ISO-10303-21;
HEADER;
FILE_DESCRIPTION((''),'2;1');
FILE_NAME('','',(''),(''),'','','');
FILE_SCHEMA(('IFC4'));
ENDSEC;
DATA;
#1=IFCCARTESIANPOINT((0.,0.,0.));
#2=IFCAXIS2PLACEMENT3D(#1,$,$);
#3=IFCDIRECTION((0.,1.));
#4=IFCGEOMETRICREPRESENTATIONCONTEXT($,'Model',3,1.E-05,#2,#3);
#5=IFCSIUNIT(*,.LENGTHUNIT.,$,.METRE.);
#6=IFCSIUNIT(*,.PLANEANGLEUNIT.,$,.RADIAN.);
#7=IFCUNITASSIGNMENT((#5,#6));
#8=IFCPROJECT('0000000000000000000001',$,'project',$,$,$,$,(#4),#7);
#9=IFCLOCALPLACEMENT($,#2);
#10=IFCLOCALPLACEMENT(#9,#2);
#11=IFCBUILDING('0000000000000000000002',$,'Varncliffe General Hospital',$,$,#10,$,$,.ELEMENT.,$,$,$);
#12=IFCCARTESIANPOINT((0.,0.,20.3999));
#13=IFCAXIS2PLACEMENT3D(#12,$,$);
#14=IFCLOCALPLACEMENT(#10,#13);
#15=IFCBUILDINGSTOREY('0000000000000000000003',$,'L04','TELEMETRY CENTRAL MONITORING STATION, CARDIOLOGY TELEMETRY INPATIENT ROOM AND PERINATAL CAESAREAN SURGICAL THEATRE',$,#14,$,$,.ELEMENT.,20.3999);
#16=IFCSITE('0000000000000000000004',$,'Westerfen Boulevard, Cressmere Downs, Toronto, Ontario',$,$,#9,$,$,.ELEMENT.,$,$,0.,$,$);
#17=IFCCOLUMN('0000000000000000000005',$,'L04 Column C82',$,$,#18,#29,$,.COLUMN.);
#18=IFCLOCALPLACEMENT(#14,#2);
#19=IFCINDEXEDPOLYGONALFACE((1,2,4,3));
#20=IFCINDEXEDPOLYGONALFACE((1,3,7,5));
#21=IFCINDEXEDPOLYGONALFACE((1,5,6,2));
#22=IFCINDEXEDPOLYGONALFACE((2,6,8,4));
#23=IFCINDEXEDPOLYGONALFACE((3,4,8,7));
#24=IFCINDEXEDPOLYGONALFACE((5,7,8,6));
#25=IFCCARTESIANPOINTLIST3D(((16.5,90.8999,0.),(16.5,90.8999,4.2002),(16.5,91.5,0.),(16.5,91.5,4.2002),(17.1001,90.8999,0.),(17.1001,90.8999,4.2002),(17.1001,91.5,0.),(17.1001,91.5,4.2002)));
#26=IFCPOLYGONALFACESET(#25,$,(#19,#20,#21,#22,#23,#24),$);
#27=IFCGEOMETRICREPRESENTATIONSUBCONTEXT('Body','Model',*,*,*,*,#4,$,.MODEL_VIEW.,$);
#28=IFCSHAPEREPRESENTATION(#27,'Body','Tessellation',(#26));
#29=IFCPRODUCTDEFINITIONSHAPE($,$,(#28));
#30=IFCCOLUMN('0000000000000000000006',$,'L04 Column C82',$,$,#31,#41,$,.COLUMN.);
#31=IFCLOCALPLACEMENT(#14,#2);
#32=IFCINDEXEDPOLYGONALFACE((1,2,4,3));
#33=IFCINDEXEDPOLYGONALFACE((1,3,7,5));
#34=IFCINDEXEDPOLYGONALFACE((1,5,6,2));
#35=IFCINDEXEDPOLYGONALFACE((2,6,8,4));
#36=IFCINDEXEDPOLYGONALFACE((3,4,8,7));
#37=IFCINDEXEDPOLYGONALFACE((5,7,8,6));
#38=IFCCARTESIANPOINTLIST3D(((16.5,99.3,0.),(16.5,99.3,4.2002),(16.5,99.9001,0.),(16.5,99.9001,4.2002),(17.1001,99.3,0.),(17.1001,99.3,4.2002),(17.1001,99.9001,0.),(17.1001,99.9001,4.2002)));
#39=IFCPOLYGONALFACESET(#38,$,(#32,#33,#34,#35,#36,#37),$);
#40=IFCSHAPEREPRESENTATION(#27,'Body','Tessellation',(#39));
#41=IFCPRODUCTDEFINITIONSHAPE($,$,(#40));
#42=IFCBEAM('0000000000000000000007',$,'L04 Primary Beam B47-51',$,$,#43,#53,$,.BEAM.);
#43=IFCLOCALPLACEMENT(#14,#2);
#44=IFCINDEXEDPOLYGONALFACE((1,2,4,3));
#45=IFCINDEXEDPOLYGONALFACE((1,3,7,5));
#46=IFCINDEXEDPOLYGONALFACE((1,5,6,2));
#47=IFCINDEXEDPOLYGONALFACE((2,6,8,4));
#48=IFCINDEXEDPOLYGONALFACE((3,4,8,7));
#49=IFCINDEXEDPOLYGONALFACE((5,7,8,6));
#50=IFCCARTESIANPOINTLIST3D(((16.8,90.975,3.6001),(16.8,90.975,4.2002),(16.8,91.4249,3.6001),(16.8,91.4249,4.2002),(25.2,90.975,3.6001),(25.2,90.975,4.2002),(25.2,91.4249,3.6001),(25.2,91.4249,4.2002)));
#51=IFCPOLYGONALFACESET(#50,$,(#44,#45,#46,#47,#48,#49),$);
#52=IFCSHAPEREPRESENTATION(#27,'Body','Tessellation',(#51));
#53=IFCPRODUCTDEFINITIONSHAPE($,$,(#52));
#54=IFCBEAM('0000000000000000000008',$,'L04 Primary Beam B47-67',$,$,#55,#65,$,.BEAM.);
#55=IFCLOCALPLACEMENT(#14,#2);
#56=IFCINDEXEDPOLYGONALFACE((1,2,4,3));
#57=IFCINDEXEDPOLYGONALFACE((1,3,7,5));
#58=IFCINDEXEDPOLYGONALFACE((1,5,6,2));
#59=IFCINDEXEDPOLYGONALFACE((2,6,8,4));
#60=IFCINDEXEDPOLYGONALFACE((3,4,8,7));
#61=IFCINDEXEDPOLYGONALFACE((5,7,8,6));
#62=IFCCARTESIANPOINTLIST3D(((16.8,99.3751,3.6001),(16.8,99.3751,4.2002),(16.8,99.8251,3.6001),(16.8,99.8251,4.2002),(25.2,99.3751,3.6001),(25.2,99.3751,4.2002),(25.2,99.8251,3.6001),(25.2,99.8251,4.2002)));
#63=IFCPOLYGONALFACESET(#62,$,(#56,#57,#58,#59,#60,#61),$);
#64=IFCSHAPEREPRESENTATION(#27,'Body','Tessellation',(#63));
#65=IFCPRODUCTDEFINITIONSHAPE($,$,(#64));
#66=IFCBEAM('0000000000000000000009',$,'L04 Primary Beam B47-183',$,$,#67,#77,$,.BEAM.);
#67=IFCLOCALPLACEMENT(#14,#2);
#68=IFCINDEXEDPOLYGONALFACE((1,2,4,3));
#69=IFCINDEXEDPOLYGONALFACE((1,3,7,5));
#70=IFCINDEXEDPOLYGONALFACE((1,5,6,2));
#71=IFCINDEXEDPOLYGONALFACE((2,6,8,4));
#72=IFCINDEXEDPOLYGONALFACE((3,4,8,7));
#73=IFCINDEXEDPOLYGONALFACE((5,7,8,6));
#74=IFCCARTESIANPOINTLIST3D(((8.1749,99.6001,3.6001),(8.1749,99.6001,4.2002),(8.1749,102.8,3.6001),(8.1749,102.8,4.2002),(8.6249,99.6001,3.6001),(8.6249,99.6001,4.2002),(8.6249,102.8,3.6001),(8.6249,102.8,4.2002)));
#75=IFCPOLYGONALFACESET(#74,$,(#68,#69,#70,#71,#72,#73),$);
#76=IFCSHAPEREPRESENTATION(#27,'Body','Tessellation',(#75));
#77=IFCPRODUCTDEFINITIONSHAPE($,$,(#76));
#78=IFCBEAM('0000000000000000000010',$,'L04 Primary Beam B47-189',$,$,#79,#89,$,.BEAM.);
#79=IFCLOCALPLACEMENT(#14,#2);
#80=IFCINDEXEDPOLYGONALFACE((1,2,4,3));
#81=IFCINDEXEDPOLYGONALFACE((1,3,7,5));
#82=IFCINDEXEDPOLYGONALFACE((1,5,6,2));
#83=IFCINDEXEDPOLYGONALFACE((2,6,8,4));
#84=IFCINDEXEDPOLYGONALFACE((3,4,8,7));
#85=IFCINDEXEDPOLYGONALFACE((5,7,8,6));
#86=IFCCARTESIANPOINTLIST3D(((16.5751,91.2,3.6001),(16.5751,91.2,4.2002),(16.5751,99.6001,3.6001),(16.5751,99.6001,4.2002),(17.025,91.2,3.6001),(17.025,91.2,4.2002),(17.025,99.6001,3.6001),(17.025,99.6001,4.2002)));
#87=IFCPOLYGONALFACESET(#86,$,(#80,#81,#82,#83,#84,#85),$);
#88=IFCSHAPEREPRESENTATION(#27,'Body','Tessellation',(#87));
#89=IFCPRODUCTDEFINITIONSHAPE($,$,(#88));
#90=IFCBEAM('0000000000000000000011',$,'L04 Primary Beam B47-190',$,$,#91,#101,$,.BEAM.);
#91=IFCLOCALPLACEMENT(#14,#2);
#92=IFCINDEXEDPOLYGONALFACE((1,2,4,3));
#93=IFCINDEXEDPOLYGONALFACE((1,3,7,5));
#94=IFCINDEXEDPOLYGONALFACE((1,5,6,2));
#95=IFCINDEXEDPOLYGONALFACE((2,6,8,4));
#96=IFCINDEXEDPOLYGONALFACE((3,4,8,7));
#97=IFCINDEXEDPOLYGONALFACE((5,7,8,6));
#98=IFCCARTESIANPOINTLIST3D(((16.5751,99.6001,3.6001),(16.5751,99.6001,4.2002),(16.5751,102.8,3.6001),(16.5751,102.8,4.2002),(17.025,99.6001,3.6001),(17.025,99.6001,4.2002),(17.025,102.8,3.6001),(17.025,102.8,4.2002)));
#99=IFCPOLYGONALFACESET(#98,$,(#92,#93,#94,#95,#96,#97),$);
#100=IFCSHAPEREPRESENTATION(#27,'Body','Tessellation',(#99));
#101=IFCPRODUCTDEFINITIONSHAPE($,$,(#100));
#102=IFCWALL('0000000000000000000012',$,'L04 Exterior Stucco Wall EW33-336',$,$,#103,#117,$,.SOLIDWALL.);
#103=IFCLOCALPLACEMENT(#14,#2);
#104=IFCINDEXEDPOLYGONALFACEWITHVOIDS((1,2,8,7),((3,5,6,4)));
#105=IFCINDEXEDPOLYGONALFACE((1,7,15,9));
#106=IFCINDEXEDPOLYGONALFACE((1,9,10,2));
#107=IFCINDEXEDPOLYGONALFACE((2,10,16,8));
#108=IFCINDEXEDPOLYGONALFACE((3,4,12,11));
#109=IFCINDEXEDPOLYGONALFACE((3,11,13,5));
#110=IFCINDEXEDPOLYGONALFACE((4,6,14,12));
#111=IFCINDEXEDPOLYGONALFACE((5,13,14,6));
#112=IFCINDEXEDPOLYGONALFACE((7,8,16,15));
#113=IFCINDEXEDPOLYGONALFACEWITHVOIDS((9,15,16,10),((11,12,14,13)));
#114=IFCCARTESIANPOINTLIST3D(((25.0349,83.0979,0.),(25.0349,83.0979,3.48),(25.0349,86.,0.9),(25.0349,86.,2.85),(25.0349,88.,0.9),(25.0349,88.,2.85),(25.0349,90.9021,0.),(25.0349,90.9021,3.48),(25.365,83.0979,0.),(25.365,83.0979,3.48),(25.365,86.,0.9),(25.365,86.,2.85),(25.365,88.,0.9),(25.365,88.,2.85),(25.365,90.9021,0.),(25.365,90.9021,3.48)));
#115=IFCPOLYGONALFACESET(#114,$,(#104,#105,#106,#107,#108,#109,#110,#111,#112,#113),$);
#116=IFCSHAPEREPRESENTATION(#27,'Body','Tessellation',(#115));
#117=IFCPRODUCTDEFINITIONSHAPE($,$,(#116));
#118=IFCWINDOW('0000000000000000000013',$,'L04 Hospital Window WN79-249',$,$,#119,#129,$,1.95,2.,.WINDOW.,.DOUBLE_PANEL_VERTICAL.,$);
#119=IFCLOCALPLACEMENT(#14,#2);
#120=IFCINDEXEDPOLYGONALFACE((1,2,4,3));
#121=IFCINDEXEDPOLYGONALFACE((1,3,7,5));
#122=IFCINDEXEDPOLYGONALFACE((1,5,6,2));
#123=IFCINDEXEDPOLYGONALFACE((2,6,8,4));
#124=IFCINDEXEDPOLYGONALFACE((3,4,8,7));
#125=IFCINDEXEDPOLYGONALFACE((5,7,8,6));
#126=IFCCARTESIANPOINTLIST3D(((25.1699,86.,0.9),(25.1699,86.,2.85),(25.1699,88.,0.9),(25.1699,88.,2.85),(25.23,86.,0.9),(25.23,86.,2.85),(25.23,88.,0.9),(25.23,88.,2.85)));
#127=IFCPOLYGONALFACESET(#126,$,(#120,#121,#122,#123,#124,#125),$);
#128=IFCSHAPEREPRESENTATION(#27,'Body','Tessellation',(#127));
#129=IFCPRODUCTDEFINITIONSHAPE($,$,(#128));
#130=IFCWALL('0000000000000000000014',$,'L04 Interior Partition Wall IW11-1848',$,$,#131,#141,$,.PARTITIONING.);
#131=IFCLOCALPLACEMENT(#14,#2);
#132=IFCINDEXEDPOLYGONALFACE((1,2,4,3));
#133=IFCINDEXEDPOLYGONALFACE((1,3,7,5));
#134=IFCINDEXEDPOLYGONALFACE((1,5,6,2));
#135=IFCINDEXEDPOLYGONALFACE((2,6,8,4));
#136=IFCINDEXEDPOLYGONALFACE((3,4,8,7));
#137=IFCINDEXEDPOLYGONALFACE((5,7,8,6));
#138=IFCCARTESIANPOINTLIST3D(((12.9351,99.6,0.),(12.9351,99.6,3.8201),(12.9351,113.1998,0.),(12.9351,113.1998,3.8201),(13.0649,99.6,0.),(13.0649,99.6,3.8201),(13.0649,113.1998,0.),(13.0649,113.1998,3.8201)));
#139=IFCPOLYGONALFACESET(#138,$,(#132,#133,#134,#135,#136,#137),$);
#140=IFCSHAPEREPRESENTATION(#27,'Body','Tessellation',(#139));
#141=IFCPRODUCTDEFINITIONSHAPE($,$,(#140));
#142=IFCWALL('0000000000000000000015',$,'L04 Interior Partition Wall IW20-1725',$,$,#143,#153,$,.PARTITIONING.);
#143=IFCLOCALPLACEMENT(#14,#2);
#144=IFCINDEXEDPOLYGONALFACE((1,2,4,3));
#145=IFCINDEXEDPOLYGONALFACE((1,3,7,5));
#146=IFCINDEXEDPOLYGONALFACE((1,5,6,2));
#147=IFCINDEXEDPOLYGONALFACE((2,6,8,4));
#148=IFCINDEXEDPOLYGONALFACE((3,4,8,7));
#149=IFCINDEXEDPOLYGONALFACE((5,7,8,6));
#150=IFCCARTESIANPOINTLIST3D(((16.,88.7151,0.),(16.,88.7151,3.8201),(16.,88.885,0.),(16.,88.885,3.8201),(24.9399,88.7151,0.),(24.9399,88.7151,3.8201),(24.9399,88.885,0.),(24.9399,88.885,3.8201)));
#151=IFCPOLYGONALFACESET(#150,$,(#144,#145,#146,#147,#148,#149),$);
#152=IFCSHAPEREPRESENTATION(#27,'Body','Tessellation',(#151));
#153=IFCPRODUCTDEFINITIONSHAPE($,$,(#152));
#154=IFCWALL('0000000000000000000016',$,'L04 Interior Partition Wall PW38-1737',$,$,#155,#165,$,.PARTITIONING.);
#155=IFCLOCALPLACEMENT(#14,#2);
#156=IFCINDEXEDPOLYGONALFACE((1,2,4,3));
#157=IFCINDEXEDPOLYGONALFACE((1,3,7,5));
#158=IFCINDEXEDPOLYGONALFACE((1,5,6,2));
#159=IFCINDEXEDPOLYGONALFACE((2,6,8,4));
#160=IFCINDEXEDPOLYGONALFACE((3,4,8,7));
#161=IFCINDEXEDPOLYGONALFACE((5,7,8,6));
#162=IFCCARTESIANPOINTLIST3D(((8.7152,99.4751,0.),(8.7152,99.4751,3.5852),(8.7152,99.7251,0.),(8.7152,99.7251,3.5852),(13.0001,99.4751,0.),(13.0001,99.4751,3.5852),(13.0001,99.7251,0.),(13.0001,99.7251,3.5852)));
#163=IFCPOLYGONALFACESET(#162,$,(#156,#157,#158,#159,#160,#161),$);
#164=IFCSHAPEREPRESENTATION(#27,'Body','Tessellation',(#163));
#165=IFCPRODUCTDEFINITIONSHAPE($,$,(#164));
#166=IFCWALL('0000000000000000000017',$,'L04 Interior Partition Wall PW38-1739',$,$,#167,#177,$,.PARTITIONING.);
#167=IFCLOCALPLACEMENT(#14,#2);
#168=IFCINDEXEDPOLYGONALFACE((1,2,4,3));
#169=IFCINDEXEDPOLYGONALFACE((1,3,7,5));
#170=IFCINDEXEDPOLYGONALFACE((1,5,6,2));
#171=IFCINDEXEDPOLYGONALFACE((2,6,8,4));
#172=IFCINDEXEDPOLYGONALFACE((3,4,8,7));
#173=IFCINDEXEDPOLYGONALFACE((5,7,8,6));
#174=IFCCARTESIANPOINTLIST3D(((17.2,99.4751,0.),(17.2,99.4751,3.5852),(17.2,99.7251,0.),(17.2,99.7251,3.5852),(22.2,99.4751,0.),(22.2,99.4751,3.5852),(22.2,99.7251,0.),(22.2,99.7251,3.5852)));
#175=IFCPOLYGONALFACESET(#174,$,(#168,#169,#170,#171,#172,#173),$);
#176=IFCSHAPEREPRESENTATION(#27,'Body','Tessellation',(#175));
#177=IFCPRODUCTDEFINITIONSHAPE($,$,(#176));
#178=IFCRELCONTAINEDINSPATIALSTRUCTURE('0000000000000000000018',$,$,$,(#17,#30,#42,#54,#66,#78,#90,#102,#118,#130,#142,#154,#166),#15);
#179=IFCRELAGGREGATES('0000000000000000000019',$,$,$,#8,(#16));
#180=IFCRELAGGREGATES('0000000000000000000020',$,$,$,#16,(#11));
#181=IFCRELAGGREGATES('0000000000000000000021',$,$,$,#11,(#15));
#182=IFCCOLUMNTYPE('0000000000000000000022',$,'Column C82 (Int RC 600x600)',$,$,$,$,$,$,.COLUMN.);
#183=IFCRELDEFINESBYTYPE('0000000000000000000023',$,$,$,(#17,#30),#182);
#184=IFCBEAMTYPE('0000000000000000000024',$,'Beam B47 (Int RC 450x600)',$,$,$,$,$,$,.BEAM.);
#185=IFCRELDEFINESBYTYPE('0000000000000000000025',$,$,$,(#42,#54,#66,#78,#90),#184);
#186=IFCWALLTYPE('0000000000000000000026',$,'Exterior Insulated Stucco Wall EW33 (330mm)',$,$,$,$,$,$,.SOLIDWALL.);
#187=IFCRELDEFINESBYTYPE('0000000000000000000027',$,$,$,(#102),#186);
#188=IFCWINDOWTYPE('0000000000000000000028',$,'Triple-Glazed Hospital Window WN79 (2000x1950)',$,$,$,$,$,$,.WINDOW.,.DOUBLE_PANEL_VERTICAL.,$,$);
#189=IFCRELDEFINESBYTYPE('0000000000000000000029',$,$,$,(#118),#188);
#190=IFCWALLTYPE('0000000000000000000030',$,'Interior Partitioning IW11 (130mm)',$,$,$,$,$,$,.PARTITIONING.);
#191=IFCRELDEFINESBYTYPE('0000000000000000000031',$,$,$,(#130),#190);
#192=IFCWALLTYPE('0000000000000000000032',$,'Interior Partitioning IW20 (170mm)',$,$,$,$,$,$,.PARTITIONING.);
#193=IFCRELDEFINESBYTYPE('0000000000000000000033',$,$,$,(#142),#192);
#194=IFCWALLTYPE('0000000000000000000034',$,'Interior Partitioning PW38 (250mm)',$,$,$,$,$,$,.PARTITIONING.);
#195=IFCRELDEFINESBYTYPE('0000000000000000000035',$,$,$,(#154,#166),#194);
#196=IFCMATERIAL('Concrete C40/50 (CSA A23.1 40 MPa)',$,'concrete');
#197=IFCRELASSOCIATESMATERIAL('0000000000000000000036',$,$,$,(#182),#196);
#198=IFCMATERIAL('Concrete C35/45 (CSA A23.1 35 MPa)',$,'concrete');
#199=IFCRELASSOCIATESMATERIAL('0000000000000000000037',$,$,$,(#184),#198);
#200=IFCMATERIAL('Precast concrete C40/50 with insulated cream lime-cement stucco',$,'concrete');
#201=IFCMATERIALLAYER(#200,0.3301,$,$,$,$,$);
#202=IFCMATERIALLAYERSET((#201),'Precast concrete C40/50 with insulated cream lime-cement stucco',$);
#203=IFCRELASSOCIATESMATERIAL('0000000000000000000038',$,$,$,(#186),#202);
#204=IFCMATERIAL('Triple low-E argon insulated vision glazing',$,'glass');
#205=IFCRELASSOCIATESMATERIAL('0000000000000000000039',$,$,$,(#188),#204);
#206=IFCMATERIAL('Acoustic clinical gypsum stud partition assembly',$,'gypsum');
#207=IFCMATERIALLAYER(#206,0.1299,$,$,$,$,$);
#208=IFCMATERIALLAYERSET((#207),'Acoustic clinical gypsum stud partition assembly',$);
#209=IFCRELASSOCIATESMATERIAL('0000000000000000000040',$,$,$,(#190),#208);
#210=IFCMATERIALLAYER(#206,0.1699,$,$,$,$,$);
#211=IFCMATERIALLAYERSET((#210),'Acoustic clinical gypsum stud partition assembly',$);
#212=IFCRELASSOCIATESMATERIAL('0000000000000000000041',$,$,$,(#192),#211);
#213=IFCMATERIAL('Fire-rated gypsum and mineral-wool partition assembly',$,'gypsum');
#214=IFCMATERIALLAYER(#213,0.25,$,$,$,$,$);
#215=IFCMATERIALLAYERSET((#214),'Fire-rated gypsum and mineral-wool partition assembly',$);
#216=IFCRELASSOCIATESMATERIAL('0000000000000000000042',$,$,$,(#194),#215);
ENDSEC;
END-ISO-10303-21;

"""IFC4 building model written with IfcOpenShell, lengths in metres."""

from ifc_helpers import new_model, si_unit, direction, frame, frame_2d, origin, origin_2d, place, context, subcontext, project, spatial, rectangle, extrude, material, layer, layer_set, material_profile, profile_set, type_object, element, fill, save


model = new_model("IFC4")

# Units and contexts
model_context = context("Model", 3, precision=1e-05, world=origin(), true_north=direction((0.0, 1.0)))
body_context = subcontext(model_context, "Body", "Model", "MODEL_VIEW")
ifc_project = project(units=[si_unit("LENGTHUNIT", "METRE"), si_unit("PLANEANGLEUNIT", "RADIAN")], contexts=[model_context])

# Site, building, storey
site_placement = place(None, origin())
site = spatial("IfcSite", under=ifc_project, at=site_placement, Name="Westerfen Boulevard, Cressmere Downs, Toronto, Ontario", CompositionType="ELEMENT", RefElevation=0.0)
building_placement = place(site_placement, origin())
building = spatial("IfcBuilding", under=site, at=building_placement, Name="Varncliffe General Hospital", CompositionType="ELEMENT")
storey_placement = place(building_placement, frame((0.0, 0.0, 20.3999)))
storey = spatial("IfcBuildingStorey", under=building, at=storey_placement, Name="L04", Description="TELEMETRY CENTRAL MONITORING STATION, CARDIOLOGY TELEMETRY INPATIENT ROOM AND PERINATAL CAESAREAN SURGICAL THEATRE", CompositionType="ELEMENT", Elevation=20.3999)

# Columns
ifc_material_1 = material(Name="Concrete C40/50 (CSA A23.1 40 MPa)", Category="concrete")
ifc_material_profile_1 = material_profile(ifc_material_1, rectangle(XDim=0.6001, YDim=0.6001, at=origin_2d()), Name="RC 600x600")
ifc_profile_set_1 = profile_set([ifc_material_profile_1], Name="Concrete C40/50 (CSA A23.1 40 MPa)")
column_type = type_object("IfcColumnType", Name="Column C82 (Int RC 600x600)", PredefinedType="COLUMN", material=ifc_profile_set_1)
for number, where, z_axis, x_axis, name in (
    (1, (16.8, 91.2, 0.0), (0.0, 0.0, 1.0), (1.0, 0.0, 0.0), "L04 Column C82"),
    (2, (16.8, 99.6001, 0.0), (0.0, 0.0, 1.0), (1.0, 0.0, 0.0), "L04 Column C82"),
):
    element("IfcColumn", number, at=place(storey_placement, frame(where, z_axis=z_axis, x_axis=x_axis)), inside=storey, type_object=column_type, Name=name, PredefinedType="COLUMN", context=body_context, shape_type="SweptSolid", body=[
        extrude(rectangle(XDim=0.6001, YDim=0.6001, at=origin_2d()), origin(), (0.0, 0.0, 1.0), 4.2002),
    ])

# Beams
ifc_material_2 = material(Name="Concrete C35/45 (CSA A23.1 35 MPa)", Category="concrete")
ifc_material_profile_2 = material_profile(ifc_material_2, rectangle(XDim=0.45, YDim=0.6001, at=origin_2d()), Name="RC 450x600")
ifc_profile_set_2 = profile_set([ifc_material_profile_2], Name="Concrete C35/45 (CSA A23.1 35 MPa)")
beam_type = type_object("IfcBeamType", Name="Beam B47 (Int RC 450x600)", PredefinedType="BEAM", material=ifc_profile_set_2)
for number, where, z_axis, x_axis, name in (
    (3, (16.8, 91.2, 3.9001), (1.0, 0.0, 0.0), (0.0, 1.0, 0.0), "L04 Primary Beam B47-51"),
    (4, (16.8, 99.6001, 3.9001), (1.0, 0.0, 0.0), (0.0, 1.0, 0.0), "L04 Primary Beam B47-67"),
):
    element("IfcBeam", number, at=place(storey_placement, frame(where, z_axis=z_axis, x_axis=x_axis)), inside=storey, type_object=beam_type, Name=name, PredefinedType="BEAM", context=body_context, shape_type="SweptSolid", body=[
        extrude(rectangle(XDim=0.45, YDim=0.6001, at=origin_2d()), origin(), (0.0, 0.0, 1.0), 8.3999),
    ])
beam_1_placement = place(storey_placement, frame((8.3999, 99.6001, 3.9001), z_axis=(0.0, 1.0, 0.0), x_axis=(-1.0, 0.0, 0.0)))
element("IfcBeam", 5, at=beam_1_placement, inside=storey, type_object=beam_type, Name="L04 Primary Beam B47-183", PredefinedType="BEAM", context=body_context, shape_type="SweptSolid", body=[
    extrude(rectangle(XDim=0.45, YDim=0.6001, at=origin_2d()), origin(), (0.0, 0.0, 1.0), 3.2),
])
beam_2_placement = place(storey_placement, frame((16.8, 91.2, 3.9001), z_axis=(0.0, 1.0, 0.0), x_axis=(-1.0, 0.0, 0.0)))
element("IfcBeam", 6, at=beam_2_placement, inside=storey, type_object=beam_type, Name="L04 Primary Beam B47-189", PredefinedType="BEAM", context=body_context, shape_type="SweptSolid", body=[
    extrude(rectangle(XDim=0.45, YDim=0.6001, at=origin_2d()), origin(), (0.0, 0.0, 1.0), 8.4001),
])
beam_3_placement = place(storey_placement, frame((16.8, 99.6001, 3.9001), z_axis=(0.0, 1.0, 0.0), x_axis=(-1.0, 0.0, 0.0)))
element("IfcBeam", 7, at=beam_3_placement, inside=storey, type_object=beam_type, Name="L04 Primary Beam B47-190", PredefinedType="BEAM", context=body_context, shape_type="SweptSolid", body=[
    extrude(rectangle(XDim=0.45, YDim=0.6001, at=origin_2d()), origin(), (0.0, 0.0, 1.0), 3.2),
])

# Wall, opening, window
ifc_material_3 = material(Name="Precast concrete C40/50 with insulated cream lime-cement stucco", Category="concrete")
ifc_layer_1 = layer(ifc_material_3, 0.3301)
ifc_layer_set_1 = layer_set([ifc_layer_1], Name="Precast concrete C40/50 with insulated cream lime-cement stucco")
wall_type_1 = type_object("IfcWallType", Name="Exterior Insulated Stucco Wall EW33 (330mm)", PredefinedType="SOLIDWALL", material=ifc_layer_set_1)
wall_1_placement = place(storey_placement, frame((25.2, 90.9021, 0.0), z_axis=(0.0, 0.0, 1.0), x_axis=(0.0, -1.0, 0.0)))
wall_1 = element("IfcWall", 8, at=wall_1_placement, inside=storey, type_object=wall_type_1, Name="L04 Exterior Stucco Wall EW33-336", PredefinedType="SOLIDWALL", context=body_context, shape_type="SweptSolid", body=[
    extrude(rectangle(XDim=7.8042, YDim=0.3301, at=frame_2d((3.9021, 0.0))), origin(), (0.0, 0.0, 1.0), 3.48),
])
opening_1_placement = place(wall_1_placement, frame((2.9021, 0.0, 0.8999)))
opening_1 = element("IfcOpeningElement", 9, at=opening_1_placement, cuts=wall_1, PredefinedType="OPENING", context=body_context, shape_type="SweptSolid", body=[
    extrude(rectangle(XDim=2.0, YDim=1.95, at=frame_2d((1.0, 0.9751))), frame((0.0, 0.175, 0.0), z_axis=(0.0, -1.0, 0.0), x_axis=(1.0, 0.0, 0.0)), (0.0, 0.0, 1.0), 0.3501),
])
ifc_material_4 = material(Name="Triple low-E argon insulated vision glazing", Category="glass")
window_type = type_object("IfcWindowType", Name="Triple-Glazed Hospital Window WN79 (2000x1950)", PartitioningType="DOUBLE_PANEL_VERTICAL", PredefinedType="WINDOW", material=ifc_material_4)
window_placement = place(opening_1_placement, origin())
window = element("IfcWindow", 10, at=window_placement, inside=storey, type_object=window_type, Name="L04 Hospital Window WN79-249", OverallHeight=1.95, OverallWidth=2.0, PartitioningType="DOUBLE_PANEL_VERTICAL", PredefinedType="WINDOW", context=body_context, shape_type="SweptSolid", body=[
    extrude(rectangle(XDim=2.0, YDim=1.95, at=frame_2d((1.0, 0.9751))), frame((0.0, 0.03, 0.0), z_axis=(0.0, -1.0, 0.0), x_axis=(1.0, 0.0, 0.0)), (0.0, 0.0, 1.0), 0.0601),
])
fill(opening_1, window)

# Walls
ifc_material_5 = material(Name="Acoustic clinical gypsum stud partition assembly", Category="gypsum")
ifc_layer_2 = layer(ifc_material_5, 0.1299)
ifc_layer_set_2 = layer_set([ifc_layer_2], Name="Acoustic clinical gypsum stud partition assembly")
wall_type_2 = type_object("IfcWallType", Name="Interior Partitioning IW11 (130mm)", PredefinedType="PARTITIONING", material=ifc_layer_set_2)
wall_2_placement = place(storey_placement, frame((13.0, 99.6001, 0.0), z_axis=(0.0, 0.0, 1.0), x_axis=(0.0, 1.0, 0.0)))
element("IfcWall", 11, at=wall_2_placement, inside=storey, type_object=wall_type_2, Name="L04 Interior Partition Wall IW11-1848", PredefinedType="PARTITIONING", context=body_context, shape_type="SweptSolid", body=[
    extrude(rectangle(XDim=13.5999, YDim=0.1299, at=frame_2d((6.7998, 0.0))), origin(), (0.0, 0.0, 1.0), 3.8201),
])
ifc_layer_3 = layer(ifc_material_5, 0.1699)
ifc_layer_set_3 = layer_set([ifc_layer_3], Name="Acoustic clinical gypsum stud partition assembly")
wall_type_3 = type_object("IfcWallType", Name="Interior Partitioning IW20 (170mm)", PredefinedType="PARTITIONING", material=ifc_layer_set_3)
wall_3_placement = place(storey_placement, frame((16.0, 88.8, 0.0), z_axis=(0.0, 0.0, 1.0), x_axis=(1.0, 0.0, 0.0)))
element("IfcWall", 12, at=wall_3_placement, inside=storey, type_object=wall_type_3, Name="L04 Interior Partition Wall IW20-1725", PredefinedType="PARTITIONING", context=body_context, shape_type="SweptSolid", body=[
    extrude(rectangle(XDim=8.9399, YDim=0.1699, at=frame_2d((4.47, 0.0))), origin(), (0.0, 0.0, 1.0), 3.8201),
])
ifc_material_6 = material(Name="Fire-rated gypsum and mineral-wool partition assembly", Category="gypsum")
ifc_layer_4 = layer(ifc_material_6, 0.25)
ifc_layer_set_4 = layer_set([ifc_layer_4], Name="Fire-rated gypsum and mineral-wool partition assembly")
wall_type_4 = type_object("IfcWallType", Name="Interior Partitioning PW38 (250mm)", PredefinedType="PARTITIONING", material=ifc_layer_set_4)
wall_4_placement = place(storey_placement, frame((8.7151, 99.6001, 0.0), z_axis=(0.0, 0.0, 1.0), x_axis=(1.0, 0.0, 0.0)))
element("IfcWall", 13, at=wall_4_placement, inside=storey, type_object=wall_type_4, Name="L04 Interior Partition Wall PW38-1737", PredefinedType="PARTITIONING", context=body_context, shape_type="SweptSolid", body=[
    extrude(rectangle(XDim=4.2849, YDim=0.25, at=frame_2d((2.1426, 0.0))), origin(), (0.0, 0.0, 1.0), 3.5852),
])
wall_5_placement = place(storey_placement, frame((17.2, 99.6001, 0.0), z_axis=(0.0, 0.0, 1.0), x_axis=(1.0, 0.0, 0.0)))
element("IfcWall", 14, at=wall_5_placement, inside=storey, type_object=wall_type_4, Name="L04 Interior Partition Wall PW38-1739", PredefinedType="PARTITIONING", context=body_context, shape_type="SweptSolid", body=[
    extrude(rectangle(XDim=5.0, YDim=0.25, at=frame_2d((2.5, 0.0))), origin(), (0.0, 0.0, 1.0), 3.5852),
])

save(model, "model.ifc")
